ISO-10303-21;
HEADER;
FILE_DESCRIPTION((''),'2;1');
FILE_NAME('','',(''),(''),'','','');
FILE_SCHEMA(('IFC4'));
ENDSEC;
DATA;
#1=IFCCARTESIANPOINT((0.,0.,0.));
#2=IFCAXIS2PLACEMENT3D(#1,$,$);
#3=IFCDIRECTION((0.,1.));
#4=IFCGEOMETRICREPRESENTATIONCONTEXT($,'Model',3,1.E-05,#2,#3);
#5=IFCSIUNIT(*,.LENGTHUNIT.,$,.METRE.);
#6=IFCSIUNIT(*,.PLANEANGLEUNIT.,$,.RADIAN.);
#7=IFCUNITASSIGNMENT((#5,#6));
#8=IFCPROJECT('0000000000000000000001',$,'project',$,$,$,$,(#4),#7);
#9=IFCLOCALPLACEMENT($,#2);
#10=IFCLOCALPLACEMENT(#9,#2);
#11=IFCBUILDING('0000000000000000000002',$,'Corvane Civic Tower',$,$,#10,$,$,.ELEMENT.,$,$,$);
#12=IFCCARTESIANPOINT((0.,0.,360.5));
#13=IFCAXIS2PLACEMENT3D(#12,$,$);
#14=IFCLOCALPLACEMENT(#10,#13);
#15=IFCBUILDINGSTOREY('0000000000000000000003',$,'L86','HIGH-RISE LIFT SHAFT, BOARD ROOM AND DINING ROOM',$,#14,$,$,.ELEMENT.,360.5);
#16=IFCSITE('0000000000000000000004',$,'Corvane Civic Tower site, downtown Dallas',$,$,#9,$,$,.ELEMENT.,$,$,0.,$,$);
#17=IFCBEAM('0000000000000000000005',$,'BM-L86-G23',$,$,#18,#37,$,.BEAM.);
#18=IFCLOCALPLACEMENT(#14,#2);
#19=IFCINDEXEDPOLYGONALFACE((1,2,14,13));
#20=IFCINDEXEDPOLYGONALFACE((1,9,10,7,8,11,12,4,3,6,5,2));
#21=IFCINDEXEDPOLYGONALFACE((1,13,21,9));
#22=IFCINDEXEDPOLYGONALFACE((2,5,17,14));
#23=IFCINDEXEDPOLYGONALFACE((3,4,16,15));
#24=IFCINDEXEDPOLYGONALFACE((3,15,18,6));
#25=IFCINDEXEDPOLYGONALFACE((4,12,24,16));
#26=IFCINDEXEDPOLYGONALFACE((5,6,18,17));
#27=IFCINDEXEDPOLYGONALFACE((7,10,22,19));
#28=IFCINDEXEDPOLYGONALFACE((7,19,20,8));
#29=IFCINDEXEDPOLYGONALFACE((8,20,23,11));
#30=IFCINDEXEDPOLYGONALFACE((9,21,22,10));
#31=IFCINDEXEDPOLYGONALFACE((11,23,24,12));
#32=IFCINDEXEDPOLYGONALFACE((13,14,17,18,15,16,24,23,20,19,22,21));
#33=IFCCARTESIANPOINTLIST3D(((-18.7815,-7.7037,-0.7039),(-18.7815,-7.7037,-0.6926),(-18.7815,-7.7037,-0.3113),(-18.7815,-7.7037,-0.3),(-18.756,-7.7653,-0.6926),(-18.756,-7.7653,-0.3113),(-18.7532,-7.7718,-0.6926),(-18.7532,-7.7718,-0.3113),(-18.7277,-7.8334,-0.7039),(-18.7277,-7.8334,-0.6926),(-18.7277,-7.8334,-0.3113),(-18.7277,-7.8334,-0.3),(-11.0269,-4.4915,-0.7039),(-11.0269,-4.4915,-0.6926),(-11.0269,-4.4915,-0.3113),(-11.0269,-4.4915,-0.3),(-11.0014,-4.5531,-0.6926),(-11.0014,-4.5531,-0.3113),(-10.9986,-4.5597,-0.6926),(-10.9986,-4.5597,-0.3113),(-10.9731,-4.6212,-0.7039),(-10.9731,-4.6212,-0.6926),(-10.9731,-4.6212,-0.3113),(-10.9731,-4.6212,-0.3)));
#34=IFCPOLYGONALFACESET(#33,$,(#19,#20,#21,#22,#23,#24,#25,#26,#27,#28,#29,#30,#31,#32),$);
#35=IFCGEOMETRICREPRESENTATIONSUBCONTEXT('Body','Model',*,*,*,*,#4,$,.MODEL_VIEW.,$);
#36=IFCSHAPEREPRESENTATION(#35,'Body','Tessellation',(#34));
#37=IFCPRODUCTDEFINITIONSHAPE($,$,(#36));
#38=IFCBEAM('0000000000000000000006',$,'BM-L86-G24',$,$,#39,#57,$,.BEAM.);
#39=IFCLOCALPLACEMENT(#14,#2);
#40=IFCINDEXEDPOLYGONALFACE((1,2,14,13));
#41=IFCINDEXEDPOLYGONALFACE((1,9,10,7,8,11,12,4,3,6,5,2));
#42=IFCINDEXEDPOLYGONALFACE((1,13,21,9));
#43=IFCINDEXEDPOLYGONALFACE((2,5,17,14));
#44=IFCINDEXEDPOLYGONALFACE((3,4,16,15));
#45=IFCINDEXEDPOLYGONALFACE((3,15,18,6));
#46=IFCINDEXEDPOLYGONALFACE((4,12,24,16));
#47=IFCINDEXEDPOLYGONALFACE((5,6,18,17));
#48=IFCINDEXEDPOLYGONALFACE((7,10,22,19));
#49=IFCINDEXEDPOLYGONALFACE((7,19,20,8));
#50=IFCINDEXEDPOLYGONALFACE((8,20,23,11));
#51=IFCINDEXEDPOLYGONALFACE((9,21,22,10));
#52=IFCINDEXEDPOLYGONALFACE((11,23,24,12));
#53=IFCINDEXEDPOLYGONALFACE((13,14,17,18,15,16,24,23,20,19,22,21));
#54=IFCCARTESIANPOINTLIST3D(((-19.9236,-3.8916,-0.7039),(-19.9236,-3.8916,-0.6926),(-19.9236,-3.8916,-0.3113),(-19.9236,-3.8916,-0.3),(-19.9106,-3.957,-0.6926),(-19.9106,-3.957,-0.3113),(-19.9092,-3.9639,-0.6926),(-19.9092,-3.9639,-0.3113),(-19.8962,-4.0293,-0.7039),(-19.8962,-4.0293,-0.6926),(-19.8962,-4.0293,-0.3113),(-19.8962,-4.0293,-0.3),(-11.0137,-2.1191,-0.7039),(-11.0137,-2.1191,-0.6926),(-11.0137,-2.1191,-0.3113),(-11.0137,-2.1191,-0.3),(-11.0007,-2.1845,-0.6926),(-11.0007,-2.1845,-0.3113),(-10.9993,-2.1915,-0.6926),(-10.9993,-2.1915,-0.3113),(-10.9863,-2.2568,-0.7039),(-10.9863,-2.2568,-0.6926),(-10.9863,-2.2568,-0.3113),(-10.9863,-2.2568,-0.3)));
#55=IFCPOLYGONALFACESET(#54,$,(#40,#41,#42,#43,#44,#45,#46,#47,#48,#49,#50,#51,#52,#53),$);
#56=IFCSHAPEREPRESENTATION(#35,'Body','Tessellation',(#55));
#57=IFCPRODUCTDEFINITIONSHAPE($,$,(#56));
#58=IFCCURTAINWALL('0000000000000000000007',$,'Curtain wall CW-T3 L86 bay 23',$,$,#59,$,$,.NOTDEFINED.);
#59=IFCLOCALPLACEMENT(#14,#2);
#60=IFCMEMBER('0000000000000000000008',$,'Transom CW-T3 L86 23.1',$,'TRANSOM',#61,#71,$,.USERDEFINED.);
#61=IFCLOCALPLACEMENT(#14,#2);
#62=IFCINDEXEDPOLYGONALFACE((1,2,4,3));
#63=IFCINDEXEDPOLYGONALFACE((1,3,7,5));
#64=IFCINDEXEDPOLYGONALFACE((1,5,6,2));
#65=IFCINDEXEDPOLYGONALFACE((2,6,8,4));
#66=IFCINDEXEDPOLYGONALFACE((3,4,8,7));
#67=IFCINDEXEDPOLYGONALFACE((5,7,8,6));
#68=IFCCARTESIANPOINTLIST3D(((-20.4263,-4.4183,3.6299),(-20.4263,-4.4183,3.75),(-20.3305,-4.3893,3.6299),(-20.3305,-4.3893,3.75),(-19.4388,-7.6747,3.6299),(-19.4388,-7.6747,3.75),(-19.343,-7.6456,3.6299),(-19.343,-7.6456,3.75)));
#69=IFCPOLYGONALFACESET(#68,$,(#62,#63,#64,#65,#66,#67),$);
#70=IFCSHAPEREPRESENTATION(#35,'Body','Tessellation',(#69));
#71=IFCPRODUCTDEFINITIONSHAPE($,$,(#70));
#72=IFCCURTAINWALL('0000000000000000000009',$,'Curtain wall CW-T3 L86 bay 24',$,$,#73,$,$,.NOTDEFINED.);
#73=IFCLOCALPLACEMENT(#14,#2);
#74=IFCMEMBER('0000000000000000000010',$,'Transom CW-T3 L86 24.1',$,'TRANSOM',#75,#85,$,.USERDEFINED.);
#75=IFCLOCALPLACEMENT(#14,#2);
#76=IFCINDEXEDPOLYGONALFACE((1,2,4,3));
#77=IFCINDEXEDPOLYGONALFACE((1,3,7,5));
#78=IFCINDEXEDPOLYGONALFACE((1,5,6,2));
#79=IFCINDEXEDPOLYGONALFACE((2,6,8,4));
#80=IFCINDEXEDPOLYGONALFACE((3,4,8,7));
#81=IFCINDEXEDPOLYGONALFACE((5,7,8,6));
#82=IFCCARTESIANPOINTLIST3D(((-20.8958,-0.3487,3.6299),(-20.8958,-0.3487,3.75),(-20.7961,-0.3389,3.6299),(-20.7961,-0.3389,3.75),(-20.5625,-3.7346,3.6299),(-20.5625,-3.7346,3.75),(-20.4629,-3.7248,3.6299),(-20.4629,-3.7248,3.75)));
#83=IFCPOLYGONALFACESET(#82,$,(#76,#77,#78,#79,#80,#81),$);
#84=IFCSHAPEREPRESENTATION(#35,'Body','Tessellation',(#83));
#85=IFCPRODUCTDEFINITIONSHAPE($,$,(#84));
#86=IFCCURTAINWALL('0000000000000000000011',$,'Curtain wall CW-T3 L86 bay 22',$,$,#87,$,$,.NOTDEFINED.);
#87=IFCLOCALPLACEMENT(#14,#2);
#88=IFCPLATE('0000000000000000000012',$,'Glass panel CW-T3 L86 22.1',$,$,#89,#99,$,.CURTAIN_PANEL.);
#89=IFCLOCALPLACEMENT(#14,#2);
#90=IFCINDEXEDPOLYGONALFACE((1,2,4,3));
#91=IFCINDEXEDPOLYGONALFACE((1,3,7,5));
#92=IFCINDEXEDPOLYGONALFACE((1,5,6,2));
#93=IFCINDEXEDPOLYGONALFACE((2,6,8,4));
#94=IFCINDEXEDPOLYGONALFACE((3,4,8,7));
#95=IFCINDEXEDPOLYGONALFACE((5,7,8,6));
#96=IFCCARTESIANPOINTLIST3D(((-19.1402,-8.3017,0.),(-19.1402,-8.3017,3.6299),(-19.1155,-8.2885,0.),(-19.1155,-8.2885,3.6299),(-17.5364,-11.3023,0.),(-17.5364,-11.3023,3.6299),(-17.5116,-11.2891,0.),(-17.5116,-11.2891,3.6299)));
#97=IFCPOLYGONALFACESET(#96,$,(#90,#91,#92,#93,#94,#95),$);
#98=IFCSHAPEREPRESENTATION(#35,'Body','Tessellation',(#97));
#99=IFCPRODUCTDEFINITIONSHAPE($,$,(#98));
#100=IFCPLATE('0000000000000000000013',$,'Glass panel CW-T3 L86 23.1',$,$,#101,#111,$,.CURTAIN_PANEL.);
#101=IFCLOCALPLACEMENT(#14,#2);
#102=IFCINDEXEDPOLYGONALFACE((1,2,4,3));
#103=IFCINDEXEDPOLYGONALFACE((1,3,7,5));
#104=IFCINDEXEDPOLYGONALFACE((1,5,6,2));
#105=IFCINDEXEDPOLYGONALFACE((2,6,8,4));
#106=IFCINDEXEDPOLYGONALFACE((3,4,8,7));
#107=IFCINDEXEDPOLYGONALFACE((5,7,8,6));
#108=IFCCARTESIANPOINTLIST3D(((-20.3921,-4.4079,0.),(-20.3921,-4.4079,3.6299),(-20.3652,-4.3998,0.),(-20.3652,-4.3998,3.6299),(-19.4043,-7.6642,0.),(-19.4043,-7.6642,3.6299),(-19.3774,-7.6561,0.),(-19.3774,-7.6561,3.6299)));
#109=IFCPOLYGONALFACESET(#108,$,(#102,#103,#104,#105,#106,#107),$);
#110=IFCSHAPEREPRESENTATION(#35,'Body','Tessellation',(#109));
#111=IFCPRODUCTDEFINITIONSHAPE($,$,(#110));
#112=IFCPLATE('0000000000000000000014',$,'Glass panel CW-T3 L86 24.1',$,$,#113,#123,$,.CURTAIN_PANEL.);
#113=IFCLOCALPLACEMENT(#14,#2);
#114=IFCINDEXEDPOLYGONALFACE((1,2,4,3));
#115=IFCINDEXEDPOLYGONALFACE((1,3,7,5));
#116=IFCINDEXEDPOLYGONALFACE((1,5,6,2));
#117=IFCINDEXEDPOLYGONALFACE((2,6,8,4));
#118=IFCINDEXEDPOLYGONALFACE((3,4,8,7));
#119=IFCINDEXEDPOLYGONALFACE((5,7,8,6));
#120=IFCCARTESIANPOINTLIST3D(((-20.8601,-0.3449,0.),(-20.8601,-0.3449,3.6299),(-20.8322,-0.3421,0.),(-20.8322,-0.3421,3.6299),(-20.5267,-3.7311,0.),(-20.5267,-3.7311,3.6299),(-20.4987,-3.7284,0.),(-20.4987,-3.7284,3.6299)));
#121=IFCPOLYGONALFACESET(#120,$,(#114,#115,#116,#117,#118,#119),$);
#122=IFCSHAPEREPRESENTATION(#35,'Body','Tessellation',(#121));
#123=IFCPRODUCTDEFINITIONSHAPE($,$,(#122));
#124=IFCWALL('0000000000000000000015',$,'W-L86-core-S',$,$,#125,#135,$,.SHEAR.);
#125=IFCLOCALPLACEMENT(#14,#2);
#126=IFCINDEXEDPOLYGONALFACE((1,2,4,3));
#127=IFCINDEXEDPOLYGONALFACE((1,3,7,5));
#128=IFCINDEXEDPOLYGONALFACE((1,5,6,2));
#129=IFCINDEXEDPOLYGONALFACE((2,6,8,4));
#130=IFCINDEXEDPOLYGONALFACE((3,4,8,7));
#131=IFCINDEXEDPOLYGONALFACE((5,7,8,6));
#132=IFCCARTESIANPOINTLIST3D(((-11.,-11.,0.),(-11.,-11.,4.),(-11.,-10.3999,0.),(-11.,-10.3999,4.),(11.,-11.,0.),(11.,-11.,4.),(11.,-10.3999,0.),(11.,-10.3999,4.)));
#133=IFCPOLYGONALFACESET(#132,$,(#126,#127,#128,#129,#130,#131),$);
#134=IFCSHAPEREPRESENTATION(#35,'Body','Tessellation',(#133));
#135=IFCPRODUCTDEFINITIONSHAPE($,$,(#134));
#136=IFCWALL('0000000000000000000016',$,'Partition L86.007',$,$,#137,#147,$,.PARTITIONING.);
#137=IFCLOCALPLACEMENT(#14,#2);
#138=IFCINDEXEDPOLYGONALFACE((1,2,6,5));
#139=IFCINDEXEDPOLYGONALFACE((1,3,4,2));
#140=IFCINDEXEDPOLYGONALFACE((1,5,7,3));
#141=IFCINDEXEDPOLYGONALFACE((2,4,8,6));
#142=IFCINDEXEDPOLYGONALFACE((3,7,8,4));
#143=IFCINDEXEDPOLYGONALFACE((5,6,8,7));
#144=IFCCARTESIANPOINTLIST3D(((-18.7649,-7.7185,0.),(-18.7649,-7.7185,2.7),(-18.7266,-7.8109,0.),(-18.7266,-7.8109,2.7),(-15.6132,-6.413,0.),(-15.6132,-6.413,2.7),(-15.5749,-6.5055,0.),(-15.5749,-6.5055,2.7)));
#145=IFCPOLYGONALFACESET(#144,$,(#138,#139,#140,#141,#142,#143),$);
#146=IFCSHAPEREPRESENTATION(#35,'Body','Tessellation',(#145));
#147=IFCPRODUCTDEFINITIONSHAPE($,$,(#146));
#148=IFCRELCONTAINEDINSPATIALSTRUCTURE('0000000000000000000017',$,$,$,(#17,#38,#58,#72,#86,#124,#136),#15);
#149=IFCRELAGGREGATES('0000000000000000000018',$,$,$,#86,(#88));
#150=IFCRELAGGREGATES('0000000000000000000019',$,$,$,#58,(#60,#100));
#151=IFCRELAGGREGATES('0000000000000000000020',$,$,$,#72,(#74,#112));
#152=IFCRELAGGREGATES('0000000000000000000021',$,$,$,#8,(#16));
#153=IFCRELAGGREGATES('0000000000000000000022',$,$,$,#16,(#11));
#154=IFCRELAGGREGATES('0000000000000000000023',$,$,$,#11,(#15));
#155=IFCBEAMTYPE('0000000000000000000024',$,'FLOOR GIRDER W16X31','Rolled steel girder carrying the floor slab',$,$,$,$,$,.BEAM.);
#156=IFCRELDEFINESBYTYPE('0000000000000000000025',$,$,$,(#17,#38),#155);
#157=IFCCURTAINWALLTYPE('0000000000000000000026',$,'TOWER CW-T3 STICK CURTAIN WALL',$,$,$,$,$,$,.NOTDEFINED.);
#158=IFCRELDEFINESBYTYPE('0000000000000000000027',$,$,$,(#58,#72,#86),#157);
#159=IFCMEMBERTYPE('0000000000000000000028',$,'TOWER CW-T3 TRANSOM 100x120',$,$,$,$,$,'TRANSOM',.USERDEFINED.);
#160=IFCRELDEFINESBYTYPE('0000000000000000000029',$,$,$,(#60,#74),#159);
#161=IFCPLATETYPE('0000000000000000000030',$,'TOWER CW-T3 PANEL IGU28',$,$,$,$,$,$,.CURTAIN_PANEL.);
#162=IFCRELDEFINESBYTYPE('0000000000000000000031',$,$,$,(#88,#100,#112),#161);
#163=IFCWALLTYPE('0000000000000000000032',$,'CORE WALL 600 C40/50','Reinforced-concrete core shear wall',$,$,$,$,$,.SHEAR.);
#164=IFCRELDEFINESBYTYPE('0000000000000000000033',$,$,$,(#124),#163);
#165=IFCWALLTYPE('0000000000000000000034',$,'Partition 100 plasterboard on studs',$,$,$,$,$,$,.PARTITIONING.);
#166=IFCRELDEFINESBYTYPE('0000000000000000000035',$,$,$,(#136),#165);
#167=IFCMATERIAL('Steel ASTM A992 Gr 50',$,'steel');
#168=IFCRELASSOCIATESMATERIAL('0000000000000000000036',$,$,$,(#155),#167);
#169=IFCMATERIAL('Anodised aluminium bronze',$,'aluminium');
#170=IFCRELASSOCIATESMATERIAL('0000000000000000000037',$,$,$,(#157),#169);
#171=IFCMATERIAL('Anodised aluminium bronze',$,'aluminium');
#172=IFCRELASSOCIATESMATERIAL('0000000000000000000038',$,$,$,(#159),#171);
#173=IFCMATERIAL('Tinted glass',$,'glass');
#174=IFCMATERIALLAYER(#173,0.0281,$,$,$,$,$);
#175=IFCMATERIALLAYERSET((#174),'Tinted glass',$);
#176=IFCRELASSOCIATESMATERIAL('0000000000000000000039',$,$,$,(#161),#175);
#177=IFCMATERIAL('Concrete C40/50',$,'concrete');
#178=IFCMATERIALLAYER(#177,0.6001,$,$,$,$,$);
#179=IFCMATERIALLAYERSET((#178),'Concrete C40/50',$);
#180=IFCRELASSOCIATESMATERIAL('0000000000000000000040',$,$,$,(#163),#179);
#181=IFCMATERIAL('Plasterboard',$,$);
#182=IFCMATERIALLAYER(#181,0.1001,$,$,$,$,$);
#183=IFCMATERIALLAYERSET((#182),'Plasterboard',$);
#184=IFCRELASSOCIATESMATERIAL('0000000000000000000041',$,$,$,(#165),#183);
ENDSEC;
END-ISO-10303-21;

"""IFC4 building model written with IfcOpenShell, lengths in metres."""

from ifc_helpers import new_model, si_unit, direction, frame, frame_2d, origin, origin_2d, place, context, subcontext, project, spatial, rectangle, i_section, extrude, material, layer, layer_set, material_profile, profile_set, type_object, element, aggregate, save


model = new_model("IFC4")

# Units and contexts
model_context = context("Model", 3, precision=1e-05, world=origin(), true_north=direction((0.0, 1.0)))
body_context = subcontext(model_context, "Body", "Model", "MODEL_VIEW")
ifc_project = project(units=[si_unit("LENGTHUNIT", "METRE"), si_unit("PLANEANGLEUNIT", "RADIAN")], contexts=[model_context])

# Site, building, storey
site_placement = place(None, origin())
site = spatial("IfcSite", under=ifc_project, at=site_placement, Name="Corvane Civic Tower site, downtown Dallas", CompositionType="ELEMENT", RefElevation=0.0)
building_placement = place(site_placement, origin())
building = spatial("IfcBuilding", under=site, at=building_placement, Name="Corvane Civic Tower", CompositionType="ELEMENT")
storey_placement = place(building_placement, frame((0.0, 0.0, 360.5)))
storey = spatial("IfcBuildingStorey", under=building, at=storey_placement, Name="L86", Description="HIGH-RISE LIFT SHAFT, BOARD ROOM AND DINING ROOM", CompositionType="ELEMENT", Elevation=360.5)

# Beams
ifc_material_1 = material(Name="Steel ASTM A992 Gr 50", Category="steel")
ifc_material_profile_1 = material_profile(ifc_material_1, i_section(OverallWidth=0.1404, OverallDepth=0.4038, WebThickness=0.0071, FlangeThickness=0.0112, at=origin_2d()), Name="W16X31")
ifc_profile_set_1 = profile_set([ifc_material_profile_1], Name="Steel ASTM A992 Gr 50")
beam_type_1 = type_object("IfcBeamType", Name="FLOOR GIRDER W16X31", Description="Rolled steel girder carrying the floor slab", PredefinedType="BEAM", material=ifc_profile_set_1)
beam_1_placement = place(storey_placement, frame((-11.0, -4.5564, -0.502), z_axis=(-0.923876, -0.382692, 0.0), x_axis=(0.382692, -0.923876, 0.0)))
element("IfcBeam", 1, at=beam_1_placement, inside=storey, type_object=beam_type_1, Name="BM-L86-G23", PredefinedType="BEAM", context=body_context, shape_type="SweptSolid", body=[
    extrude(i_section(OverallWidth=0.1404, OverallDepth=0.4038, WebThickness=0.0071, FlangeThickness=0.0112, at=origin_2d()), origin(), (0.0, 0.0, 1.0), 8.3936),
])
beam_2_placement = place(storey_placement, frame((-11.0, -2.188, -0.502), z_axis=(-0.980782, -0.195108, 0.0), x_axis=(0.195108, -0.980782, 0.0)))
element("IfcBeam", 2, at=beam_2_placement, inside=storey, type_object=beam_type_1, Name="BM-L86-G24", PredefinedType="BEAM", context=body_context, shape_type="SweptSolid", body=[
    extrude(i_section(OverallWidth=0.1404, OverallDepth=0.4038, WebThickness=0.0071, FlangeThickness=0.0112, at=origin_2d()), origin(), (0.0, 0.0, 1.0), 9.0845),
])

# Curtain walls, members
ifc_material_2 = material(Name="Anodised aluminium bronze", Category="aluminium")
curtain_wall_type = type_object("IfcCurtainWallType", Name="TOWER CW-T3 STICK CURTAIN WALL", PredefinedType="NOTDEFINED", material=ifc_material_2)
curtain_wall_1_placement = place(storey_placement, origin())
curtain_wall_1 = element("IfcCurtainWall", 3, at=curtain_wall_1_placement, inside=storey, type_object=curtain_wall_type, Name="Curtain wall CW-T3 L86 bay 23", PredefinedType="NOTDEFINED")
ifc_material_3 = material(Name="Anodised aluminium bronze", Category="aluminium")
ifc_material_profile_2 = material_profile(ifc_material_3, rectangle(XDim=0.1001, YDim=0.1201, at=origin_2d()), Name="TOWER CW-T3 TRANSOM 100x120")
ifc_profile_set_2 = profile_set([ifc_material_profile_2], Name="Anodised aluminium bronze")
member_type = type_object("IfcMemberType", Name="TOWER CW-T3 TRANSOM 100x120", ElementType="TRANSOM", PredefinedType="USERDEFINED", material=ifc_profile_set_2)
member_1_placement = place(storey_placement, frame((-19.3909, -7.6602, 3.6899), z_axis=(-0.290216, 0.956961, 0.0), x_axis=(-0.956961, -0.290216, 0.0)))
member_1 = element("IfcMember", 4, at=member_1_placement, type_object=member_type, Name="Transom CW-T3 L86 23.1", ObjectType="TRANSOM", PredefinedType="USERDEFINED", context=body_context, shape_type="SweptSolid", body=[
    extrude(rectangle(XDim=0.1001, YDim=0.1201, at=origin_2d()), origin(), (0.0, 0.0, 1.0), 3.4028),
])
curtain_wall_2_placement = place(storey_placement, origin())
curtain_wall_2 = element("IfcCurtainWall", 5, at=curtain_wall_2_placement, inside=storey, type_object=curtain_wall_type, Name="Curtain wall CW-T3 L86 bay 24", PredefinedType="NOTDEFINED")
member_2_placement = place(storey_placement, frame((-20.5127, -3.7297, 3.6899), z_axis=(-0.097948, 0.995192, 0.0), x_axis=(-0.995192, -0.097948, 0.0)))
member_2 = element("IfcMember", 6, at=member_2_placement, type_object=member_type, Name="Transom CW-T3 L86 24.1", ObjectType="TRANSOM", PredefinedType="USERDEFINED", context=body_context, shape_type="SweptSolid", body=[
    extrude(rectangle(XDim=0.1001, YDim=0.1201, at=origin_2d()), origin(), (0.0, 0.0, 1.0), 3.4023),
])

# Curtain wall, plate
curtain_wall_3_placement = place(storey_placement, origin())
curtain_wall_3 = element("IfcCurtainWall", 7, at=curtain_wall_3_placement, inside=storey, type_object=curtain_wall_type, Name="Curtain wall CW-T3 L86 bay 22", PredefinedType="NOTDEFINED")
ifc_material_4 = material(Name="Tinted glass", Category="glass")
ifc_layer_1 = layer(ifc_material_4, 0.0281)
ifc_layer_set_1 = layer_set([ifc_layer_1], Name="Tinted glass")
plate_type = type_object("IfcPlateType", Name="TOWER CW-T3 PANEL IGU28", PredefinedType="CURTAIN_PANEL", material=ifc_layer_set_1)
plate_1_placement = place(storey_placement, frame((-18.3259, -9.7954, 0.0), z_axis=(0.0, 0.0, 1.0), x_axis=(-0.471384, 0.881928, 0.0)))
plate_1 = element("IfcPlate", 8, at=plate_1_placement, type_object=plate_type, Name="Glass panel CW-T3 L86 22.1", PredefinedType="CURTAIN_PANEL", context=body_context, shape_type="SweptSolid", body=[
    extrude(rectangle(XDim=3.4023, YDim=0.0281, at=origin_2d()), origin(), (0.0, 0.0, 1.0), 3.6299),
])
aggregate(curtain_wall_3, [plate_1])

# Plates
plate_2_placement = place(storey_placement, frame((-19.8848, -6.032, 0.0), z_axis=(0.0, 0.0, 1.0), x_axis=(-0.29029, 0.956939, 0.0)))
plate_2 = element("IfcPlate", 9, at=plate_2_placement, type_object=plate_type, Name="Glass panel CW-T3 L86 23.1", PredefinedType="CURTAIN_PANEL", context=body_context, shape_type="SweptSolid", body=[
    extrude(rectangle(XDim=3.4028, YDim=0.0281, at=origin_2d()), origin(), (0.0, 0.0, 1.0), 3.6299),
])
aggregate(curtain_wall_1, [member_1, plate_2])
plate_3_placement = place(storey_placement, frame((-20.6794, -2.0366, 0.0), z_axis=(0.0, 0.0, 1.0), x_axis=(-0.097998, 0.995187, 0.0)))
plate_3 = element("IfcPlate", 10, at=plate_3_placement, type_object=plate_type, Name="Glass panel CW-T3 L86 24.1", PredefinedType="CURTAIN_PANEL", context=body_context, shape_type="SweptSolid", body=[
    extrude(rectangle(XDim=3.4026, YDim=0.0281, at=origin_2d()), origin(), (0.0, 0.0, 1.0), 3.6299),
])
aggregate(curtain_wall_2, [member_2, plate_3])

# Walls
ifc_material_5 = material(Name="Concrete C40/50", Category="concrete")
ifc_layer_2 = layer(ifc_material_5, 0.6001)
ifc_layer_set_2 = layer_set([ifc_layer_2], Name="Concrete C40/50")
wall_type_1 = type_object("IfcWallType", Name="CORE WALL 600 C40/50", Description="Reinforced-concrete core shear wall", PredefinedType="SHEAR", material=ifc_layer_set_2)
wall_1_placement = place(storey_placement, frame((-11.0, -10.7, 0.0), z_axis=(0.0, 0.0, 1.0), x_axis=(1.0, 0.0, 0.0)))
element("IfcWall", 11, at=wall_1_placement, inside=storey, type_object=wall_type_1, Name="W-L86-core-S", PredefinedType="SHEAR", context=body_context, shape_type="SweptSolid", body=[
    extrude(rectangle(XDim=22.0, YDim=0.6001, at=frame_2d((11.0, 0.0))), origin(), (0.0, 0.0, 1.0), 4.0),
])
ifc_material_6 = material(Name="Plasterboard")
ifc_layer_3 = layer(ifc_material_6, 0.1001)
ifc_layer_set_3 = layer_set([ifc_layer_3], Name="Plasterboard")
wall_type_2 = type_object("IfcWallType", Name="Partition 100 plasterboard on studs", PredefinedType="PARTITIONING", material=ifc_layer_set_3)
wall_2_placement = place(storey_placement, frame((-18.7456, -7.7646, 0.0), z_axis=(0.0, 0.0, 1.0), x_axis=(0.923882, 0.382678, 0.0)))
element("IfcWall", 12, at=wall_2_placement, inside=storey, type_object=wall_type_2, Name="Partition L86.007", PredefinedType="PARTITIONING", context=body_context, shape_type="SweptSolid", body=[
    extrude(rectangle(XDim=3.4114, YDim=0.1001, at=frame_2d((1.7056, 0.0))), origin(), (0.0, 0.0, 1.0), 2.7),
])

save(model, "model.ifc")
